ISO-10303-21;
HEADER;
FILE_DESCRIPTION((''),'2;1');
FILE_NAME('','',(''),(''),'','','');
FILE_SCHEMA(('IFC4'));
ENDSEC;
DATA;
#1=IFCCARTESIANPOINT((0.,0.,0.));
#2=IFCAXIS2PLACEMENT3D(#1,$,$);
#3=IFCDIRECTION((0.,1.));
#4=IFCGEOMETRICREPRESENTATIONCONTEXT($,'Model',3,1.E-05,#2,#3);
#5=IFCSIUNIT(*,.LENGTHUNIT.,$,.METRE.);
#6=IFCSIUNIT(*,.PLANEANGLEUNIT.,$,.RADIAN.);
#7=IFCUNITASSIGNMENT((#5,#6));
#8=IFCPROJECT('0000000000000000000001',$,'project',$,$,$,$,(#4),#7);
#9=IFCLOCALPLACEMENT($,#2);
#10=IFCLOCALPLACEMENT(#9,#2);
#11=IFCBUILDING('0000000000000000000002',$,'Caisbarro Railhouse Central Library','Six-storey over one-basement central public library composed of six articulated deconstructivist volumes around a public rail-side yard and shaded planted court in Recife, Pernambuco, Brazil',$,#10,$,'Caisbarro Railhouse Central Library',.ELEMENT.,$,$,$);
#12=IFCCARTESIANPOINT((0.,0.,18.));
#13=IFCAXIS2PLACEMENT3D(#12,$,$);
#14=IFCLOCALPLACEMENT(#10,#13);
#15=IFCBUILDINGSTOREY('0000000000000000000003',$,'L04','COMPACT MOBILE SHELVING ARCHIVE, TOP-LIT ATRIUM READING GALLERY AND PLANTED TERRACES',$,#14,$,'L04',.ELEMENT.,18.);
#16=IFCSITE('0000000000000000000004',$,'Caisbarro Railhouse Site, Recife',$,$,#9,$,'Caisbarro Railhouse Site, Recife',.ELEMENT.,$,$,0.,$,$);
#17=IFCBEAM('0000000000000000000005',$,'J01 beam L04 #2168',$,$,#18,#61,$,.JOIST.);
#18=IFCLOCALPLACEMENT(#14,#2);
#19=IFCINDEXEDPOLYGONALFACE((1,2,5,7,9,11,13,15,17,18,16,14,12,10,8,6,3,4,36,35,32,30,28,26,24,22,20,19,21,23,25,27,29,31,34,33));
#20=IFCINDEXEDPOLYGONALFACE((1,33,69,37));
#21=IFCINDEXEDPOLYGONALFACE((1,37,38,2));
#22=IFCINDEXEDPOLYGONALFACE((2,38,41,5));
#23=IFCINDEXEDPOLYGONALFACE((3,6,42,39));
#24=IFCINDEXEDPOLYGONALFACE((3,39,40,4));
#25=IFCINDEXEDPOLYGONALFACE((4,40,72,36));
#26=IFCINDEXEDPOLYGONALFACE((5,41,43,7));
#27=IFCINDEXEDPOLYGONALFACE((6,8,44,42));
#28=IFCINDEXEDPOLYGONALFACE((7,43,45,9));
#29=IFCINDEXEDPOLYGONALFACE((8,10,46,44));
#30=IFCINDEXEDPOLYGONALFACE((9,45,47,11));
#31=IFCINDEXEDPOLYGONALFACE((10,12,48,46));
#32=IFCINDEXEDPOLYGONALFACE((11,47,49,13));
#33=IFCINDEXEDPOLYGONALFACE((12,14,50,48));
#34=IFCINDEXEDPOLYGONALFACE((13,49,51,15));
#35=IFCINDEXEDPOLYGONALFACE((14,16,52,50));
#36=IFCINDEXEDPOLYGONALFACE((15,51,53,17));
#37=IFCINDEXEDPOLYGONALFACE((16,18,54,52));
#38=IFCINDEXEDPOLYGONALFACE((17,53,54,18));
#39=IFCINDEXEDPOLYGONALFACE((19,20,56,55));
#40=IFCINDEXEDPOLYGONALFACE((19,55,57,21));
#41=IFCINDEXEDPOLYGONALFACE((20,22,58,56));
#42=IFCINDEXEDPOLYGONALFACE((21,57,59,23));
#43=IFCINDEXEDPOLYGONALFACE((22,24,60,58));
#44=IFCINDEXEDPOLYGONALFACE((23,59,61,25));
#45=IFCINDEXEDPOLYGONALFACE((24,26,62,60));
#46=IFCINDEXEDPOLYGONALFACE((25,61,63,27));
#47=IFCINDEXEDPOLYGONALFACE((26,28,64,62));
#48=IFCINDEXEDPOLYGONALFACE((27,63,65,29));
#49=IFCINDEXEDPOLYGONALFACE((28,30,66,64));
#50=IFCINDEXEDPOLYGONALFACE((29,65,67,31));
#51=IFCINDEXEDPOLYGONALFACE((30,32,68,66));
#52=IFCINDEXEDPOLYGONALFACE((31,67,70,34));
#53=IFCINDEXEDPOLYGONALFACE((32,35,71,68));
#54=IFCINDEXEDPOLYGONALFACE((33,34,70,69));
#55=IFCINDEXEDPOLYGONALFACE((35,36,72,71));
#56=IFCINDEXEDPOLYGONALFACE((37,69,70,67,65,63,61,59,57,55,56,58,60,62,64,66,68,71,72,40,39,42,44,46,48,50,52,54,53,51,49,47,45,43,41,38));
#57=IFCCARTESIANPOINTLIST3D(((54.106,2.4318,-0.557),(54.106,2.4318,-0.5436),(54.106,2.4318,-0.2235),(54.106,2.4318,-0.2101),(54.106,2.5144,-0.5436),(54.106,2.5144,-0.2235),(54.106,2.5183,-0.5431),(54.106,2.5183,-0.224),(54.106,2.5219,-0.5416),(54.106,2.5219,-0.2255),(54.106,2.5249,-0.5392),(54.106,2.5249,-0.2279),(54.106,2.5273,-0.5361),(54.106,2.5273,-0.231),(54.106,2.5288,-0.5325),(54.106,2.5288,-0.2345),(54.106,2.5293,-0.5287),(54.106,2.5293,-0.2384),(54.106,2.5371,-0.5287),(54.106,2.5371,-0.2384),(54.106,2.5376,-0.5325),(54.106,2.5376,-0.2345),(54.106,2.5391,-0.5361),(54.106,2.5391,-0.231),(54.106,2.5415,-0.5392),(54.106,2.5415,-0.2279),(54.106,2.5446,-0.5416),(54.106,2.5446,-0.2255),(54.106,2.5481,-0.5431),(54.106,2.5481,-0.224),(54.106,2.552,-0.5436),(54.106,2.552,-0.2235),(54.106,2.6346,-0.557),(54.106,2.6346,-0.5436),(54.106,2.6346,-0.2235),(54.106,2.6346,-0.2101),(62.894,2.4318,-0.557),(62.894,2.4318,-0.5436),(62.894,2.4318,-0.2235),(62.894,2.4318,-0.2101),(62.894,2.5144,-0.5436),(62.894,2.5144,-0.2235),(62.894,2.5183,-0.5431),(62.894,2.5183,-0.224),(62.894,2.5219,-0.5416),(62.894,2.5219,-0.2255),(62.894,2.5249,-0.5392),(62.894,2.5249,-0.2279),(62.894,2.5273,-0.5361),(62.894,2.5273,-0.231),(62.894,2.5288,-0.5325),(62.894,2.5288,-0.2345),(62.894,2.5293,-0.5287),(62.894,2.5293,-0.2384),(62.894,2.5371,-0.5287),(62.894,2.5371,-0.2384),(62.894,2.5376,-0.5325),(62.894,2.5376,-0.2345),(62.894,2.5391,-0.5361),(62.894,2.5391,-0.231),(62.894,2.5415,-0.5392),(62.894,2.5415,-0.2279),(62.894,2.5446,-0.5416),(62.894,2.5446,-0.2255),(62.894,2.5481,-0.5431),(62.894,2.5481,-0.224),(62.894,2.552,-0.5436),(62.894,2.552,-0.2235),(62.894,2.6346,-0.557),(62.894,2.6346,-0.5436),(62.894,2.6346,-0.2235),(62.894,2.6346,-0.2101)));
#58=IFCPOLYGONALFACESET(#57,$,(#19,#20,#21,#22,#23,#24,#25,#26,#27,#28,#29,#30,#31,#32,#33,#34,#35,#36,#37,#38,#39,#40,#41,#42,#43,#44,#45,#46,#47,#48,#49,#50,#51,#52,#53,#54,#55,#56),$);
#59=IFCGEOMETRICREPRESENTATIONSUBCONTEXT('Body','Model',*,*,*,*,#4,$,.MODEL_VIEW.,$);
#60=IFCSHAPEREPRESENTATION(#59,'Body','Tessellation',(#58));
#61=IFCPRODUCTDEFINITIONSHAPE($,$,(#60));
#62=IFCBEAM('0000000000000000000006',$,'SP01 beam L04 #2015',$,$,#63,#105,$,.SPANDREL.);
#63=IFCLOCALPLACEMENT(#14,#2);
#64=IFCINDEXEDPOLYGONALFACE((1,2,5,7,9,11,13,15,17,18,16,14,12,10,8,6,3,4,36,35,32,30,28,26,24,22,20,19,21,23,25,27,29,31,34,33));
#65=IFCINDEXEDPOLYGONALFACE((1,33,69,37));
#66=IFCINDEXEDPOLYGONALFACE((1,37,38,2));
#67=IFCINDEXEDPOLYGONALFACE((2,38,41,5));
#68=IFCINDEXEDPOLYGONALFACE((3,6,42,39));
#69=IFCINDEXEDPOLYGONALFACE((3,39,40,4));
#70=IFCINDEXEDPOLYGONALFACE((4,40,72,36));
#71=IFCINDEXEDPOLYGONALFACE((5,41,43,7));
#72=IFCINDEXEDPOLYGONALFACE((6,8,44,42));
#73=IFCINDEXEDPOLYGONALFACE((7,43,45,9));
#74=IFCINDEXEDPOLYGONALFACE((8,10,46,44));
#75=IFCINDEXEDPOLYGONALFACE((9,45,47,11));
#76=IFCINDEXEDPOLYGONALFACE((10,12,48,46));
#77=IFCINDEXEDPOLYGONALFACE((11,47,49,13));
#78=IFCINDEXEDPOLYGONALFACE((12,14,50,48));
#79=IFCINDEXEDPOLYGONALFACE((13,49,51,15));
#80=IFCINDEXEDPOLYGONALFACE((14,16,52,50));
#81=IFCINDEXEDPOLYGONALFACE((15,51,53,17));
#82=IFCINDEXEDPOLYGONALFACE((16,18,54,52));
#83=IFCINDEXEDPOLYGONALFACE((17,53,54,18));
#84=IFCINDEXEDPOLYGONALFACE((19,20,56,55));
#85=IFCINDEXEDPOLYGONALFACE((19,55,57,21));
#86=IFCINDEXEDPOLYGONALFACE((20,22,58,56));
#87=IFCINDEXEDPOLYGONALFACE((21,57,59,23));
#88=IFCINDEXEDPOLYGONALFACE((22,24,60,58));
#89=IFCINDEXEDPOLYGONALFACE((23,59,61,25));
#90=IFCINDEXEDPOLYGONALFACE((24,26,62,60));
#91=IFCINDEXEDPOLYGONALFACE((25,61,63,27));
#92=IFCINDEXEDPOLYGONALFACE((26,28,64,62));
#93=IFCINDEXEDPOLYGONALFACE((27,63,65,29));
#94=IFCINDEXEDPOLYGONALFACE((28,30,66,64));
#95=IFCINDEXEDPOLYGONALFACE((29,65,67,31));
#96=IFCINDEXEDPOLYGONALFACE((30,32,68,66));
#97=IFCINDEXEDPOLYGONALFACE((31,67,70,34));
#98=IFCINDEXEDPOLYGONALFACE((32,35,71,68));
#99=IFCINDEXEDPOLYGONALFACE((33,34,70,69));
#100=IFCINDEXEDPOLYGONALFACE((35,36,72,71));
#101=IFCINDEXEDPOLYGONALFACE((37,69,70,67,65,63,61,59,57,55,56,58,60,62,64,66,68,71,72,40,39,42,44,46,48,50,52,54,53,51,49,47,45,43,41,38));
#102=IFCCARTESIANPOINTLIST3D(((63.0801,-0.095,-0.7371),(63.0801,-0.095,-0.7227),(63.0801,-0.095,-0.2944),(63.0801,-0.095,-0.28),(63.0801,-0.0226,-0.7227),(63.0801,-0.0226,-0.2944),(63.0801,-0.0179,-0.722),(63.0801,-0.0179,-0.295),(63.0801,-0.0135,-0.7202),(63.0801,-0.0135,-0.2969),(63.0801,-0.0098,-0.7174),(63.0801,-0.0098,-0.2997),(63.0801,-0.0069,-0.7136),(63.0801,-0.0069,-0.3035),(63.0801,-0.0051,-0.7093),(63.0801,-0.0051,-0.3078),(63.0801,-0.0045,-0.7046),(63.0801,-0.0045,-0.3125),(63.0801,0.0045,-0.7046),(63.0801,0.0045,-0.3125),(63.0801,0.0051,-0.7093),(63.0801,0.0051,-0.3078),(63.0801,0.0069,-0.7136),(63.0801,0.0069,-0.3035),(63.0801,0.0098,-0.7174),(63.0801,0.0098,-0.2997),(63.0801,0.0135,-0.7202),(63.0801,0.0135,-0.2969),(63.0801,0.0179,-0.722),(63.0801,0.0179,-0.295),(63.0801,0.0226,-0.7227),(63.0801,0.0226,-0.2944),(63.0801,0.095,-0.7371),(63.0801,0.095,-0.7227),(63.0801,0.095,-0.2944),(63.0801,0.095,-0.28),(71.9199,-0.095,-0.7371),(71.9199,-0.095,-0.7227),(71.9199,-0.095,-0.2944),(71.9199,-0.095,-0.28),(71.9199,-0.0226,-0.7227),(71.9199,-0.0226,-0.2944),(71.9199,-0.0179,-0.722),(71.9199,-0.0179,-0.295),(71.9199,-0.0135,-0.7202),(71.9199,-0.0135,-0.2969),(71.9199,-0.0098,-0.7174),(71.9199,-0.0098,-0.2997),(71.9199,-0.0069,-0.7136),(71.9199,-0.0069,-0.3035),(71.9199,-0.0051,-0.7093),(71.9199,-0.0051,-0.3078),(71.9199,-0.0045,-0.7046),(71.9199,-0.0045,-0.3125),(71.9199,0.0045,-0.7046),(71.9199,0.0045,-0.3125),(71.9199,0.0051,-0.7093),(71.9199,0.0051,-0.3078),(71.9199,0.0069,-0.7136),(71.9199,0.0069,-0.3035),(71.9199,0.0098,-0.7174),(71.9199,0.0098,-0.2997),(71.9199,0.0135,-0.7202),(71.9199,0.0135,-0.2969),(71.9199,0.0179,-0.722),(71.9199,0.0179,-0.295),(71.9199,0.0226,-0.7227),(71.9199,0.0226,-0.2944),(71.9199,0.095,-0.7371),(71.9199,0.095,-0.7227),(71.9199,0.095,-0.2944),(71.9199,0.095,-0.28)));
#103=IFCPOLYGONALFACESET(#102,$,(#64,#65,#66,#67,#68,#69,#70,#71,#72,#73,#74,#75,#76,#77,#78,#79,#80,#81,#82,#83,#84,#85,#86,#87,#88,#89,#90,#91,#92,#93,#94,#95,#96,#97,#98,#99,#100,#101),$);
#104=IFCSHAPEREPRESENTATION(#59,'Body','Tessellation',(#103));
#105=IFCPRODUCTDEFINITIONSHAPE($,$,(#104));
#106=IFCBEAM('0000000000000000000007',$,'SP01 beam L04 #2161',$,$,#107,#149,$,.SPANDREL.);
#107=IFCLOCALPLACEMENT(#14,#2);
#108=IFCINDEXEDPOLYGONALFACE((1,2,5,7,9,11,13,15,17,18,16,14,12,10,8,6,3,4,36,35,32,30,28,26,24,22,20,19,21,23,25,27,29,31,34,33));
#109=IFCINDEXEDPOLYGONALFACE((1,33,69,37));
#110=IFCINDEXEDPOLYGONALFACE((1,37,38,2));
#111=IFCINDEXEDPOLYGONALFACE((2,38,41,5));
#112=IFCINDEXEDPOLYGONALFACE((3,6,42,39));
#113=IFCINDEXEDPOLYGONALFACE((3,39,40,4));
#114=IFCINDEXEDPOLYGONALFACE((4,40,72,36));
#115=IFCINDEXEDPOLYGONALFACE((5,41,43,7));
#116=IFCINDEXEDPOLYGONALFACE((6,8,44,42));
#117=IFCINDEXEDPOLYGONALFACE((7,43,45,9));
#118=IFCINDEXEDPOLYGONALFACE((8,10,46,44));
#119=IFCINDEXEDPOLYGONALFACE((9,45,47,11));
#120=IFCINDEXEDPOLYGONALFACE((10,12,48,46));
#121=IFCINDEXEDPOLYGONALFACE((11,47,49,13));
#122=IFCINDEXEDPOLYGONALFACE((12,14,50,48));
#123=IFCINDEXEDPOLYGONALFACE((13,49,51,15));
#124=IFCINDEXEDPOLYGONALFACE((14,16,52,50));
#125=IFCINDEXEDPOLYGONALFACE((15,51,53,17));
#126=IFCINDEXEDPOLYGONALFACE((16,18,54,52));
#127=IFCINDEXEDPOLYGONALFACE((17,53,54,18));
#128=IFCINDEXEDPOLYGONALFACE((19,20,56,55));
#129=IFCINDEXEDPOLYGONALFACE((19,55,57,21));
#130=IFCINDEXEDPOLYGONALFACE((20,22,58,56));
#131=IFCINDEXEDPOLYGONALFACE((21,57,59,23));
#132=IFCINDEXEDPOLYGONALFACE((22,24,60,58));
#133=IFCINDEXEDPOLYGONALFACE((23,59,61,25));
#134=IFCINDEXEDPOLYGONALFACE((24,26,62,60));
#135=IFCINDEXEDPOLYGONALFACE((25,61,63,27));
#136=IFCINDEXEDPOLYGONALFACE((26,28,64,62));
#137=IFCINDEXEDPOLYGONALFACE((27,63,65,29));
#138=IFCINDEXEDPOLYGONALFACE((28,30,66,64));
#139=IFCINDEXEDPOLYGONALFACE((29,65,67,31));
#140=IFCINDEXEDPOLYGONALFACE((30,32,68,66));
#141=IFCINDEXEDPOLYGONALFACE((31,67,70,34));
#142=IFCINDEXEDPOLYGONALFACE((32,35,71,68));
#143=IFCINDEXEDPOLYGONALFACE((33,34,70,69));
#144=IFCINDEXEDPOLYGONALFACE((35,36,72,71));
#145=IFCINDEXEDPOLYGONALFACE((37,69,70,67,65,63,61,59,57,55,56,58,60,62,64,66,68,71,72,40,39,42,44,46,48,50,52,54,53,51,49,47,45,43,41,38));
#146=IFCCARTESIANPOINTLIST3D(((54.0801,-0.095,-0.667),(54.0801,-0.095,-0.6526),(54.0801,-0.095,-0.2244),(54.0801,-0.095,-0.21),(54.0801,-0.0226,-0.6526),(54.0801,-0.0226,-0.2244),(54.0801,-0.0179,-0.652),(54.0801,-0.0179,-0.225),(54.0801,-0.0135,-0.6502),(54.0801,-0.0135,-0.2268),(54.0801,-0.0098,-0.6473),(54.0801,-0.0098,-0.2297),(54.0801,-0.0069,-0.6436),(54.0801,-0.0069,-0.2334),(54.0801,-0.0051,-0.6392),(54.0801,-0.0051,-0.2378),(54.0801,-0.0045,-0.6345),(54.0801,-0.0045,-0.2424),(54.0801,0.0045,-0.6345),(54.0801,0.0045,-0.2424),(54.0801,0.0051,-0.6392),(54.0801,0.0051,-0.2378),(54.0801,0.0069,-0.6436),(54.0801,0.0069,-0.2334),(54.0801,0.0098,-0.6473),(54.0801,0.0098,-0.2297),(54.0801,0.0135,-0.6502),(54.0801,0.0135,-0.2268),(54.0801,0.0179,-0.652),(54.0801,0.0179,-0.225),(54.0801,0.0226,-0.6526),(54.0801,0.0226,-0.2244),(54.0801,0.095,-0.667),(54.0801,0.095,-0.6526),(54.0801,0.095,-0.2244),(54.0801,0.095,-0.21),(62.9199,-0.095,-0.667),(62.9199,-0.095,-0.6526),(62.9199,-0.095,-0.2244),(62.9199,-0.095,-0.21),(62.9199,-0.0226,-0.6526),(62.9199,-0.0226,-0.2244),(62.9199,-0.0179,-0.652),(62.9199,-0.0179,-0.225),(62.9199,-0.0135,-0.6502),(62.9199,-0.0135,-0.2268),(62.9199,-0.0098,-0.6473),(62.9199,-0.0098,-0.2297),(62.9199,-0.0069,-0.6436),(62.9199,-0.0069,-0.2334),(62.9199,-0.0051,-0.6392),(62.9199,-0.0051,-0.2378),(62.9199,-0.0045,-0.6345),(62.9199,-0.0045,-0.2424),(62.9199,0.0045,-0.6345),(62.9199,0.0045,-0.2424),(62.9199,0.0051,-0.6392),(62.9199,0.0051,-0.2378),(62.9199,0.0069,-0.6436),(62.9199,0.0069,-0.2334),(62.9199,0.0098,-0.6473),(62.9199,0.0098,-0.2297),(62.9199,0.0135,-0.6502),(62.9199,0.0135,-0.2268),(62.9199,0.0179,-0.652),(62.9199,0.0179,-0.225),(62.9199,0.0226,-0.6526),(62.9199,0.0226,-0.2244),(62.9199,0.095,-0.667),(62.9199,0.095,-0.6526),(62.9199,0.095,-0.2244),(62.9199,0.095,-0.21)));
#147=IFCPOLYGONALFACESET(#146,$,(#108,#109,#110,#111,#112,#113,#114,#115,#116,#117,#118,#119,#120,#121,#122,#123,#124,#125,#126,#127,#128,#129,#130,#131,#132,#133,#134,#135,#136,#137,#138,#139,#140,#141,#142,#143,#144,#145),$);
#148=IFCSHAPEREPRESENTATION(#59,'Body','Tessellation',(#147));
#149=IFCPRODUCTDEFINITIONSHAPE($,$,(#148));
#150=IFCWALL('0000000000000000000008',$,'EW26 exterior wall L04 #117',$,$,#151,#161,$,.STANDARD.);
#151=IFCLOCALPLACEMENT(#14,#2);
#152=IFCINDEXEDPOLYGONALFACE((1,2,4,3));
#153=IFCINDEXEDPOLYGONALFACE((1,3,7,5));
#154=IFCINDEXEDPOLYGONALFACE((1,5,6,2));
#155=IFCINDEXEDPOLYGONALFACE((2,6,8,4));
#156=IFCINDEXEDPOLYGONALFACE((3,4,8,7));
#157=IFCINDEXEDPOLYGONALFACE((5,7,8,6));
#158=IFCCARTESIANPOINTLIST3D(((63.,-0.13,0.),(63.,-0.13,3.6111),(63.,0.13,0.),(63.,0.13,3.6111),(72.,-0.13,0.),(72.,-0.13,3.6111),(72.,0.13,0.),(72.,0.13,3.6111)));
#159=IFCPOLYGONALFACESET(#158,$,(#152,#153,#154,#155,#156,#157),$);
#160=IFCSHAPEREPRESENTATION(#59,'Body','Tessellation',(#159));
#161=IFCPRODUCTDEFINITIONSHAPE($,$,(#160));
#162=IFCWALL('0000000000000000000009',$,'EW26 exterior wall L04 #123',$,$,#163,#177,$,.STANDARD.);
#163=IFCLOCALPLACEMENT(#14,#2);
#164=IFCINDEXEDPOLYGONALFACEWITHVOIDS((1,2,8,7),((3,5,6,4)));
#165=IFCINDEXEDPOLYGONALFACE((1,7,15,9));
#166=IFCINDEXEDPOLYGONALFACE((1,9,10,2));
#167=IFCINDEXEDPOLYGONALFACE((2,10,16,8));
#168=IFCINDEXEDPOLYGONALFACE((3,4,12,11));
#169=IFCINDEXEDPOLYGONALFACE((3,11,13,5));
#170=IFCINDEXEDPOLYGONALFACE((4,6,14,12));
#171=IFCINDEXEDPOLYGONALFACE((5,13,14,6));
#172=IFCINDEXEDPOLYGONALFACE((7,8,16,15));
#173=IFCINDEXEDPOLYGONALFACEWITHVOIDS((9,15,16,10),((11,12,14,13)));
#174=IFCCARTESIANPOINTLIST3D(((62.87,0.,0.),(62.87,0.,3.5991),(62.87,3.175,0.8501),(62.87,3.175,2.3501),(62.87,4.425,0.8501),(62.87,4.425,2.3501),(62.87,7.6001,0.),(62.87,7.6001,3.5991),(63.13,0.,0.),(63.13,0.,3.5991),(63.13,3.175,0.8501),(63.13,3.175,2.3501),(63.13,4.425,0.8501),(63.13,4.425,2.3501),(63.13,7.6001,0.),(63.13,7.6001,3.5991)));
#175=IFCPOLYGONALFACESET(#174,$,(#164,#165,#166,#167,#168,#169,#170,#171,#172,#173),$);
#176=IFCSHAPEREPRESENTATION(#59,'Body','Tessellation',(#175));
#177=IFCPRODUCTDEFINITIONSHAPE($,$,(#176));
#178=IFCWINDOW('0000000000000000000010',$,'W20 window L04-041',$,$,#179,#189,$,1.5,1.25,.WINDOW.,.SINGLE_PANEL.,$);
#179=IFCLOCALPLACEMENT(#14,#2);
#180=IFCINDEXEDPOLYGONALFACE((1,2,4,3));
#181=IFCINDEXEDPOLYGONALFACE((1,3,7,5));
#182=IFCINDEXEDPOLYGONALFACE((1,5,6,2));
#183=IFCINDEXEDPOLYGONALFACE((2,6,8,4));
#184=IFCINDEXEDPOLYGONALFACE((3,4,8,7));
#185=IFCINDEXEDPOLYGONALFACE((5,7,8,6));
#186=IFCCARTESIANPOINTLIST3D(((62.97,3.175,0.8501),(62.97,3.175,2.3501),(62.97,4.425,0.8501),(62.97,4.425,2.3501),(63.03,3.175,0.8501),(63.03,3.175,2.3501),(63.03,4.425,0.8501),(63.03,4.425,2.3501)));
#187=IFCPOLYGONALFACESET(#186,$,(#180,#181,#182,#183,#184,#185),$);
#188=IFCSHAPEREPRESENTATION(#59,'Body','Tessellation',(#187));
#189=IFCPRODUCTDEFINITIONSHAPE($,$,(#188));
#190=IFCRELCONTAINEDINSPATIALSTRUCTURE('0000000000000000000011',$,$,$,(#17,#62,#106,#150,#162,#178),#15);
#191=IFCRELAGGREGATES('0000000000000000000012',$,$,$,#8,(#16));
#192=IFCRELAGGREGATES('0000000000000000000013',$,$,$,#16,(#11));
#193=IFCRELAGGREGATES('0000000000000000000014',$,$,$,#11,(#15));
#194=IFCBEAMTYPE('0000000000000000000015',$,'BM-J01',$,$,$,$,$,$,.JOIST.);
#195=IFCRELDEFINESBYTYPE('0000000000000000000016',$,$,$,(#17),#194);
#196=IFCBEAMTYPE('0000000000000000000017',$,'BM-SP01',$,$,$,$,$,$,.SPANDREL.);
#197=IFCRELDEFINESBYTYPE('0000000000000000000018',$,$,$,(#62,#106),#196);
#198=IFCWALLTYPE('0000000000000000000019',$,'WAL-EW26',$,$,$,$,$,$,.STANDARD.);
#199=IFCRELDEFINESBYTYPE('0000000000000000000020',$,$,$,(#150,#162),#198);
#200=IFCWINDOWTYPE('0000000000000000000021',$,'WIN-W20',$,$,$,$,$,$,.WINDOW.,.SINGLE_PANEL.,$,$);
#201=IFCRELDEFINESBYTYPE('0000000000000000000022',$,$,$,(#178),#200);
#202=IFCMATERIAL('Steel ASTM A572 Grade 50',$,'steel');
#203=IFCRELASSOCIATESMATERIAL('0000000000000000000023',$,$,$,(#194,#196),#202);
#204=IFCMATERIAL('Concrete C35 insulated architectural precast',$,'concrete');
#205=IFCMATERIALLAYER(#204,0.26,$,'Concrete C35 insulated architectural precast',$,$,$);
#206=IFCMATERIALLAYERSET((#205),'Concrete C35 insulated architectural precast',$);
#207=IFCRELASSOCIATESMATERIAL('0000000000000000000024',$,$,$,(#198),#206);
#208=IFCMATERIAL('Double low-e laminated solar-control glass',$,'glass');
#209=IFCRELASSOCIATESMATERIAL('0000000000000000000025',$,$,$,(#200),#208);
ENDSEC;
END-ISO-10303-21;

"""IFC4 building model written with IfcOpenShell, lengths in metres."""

from ifc_helpers import new_model, si_unit, direction, frame, frame_2d, origin, origin_2d, place, context, subcontext, project, spatial, rectangle, i_section, extrude, material, layer, layer_set, material_profile, profile_set, type_object, element, fill, save


model = new_model("IFC4")

# Units and contexts
model_context = context("Model", 3, precision=1e-05, world=origin(), true_north=direction((0.0, 1.0)))
body_context = subcontext(model_context, "Body", "Model", "MODEL_VIEW")
ifc_project = project(units=[si_unit("LENGTHUNIT", "METRE"), si_unit("PLANEANGLEUNIT", "RADIAN")], contexts=[model_context])

# Site, building, storey
site_placement = place(None, origin())
site = spatial("IfcSite", under=ifc_project, at=site_placement, Name="Caisbarro Railhouse Site, Recife", LongName="Caisbarro Railhouse Site, Recife", CompositionType="ELEMENT", RefElevation=0.0)
building_placement = place(site_placement, origin())
building = spatial("IfcBuilding", under=site, at=building_placement, Name="Caisbarro Railhouse Central Library", Description="Six-storey over one-basement central public library composed of six articulated deconstructivist volumes around a public rail-side yard and shaded planted court in Recife, Pernambuco, Brazil", LongName="Caisbarro Railhouse Central Library", CompositionType="ELEMENT")
storey_placement = place(building_placement, frame((0.0, 0.0, 18.0)))
storey = spatial("IfcBuildingStorey", under=building, at=storey_placement, Name="L04", Description="COMPACT MOBILE SHELVING ARCHIVE, TOP-LIT ATRIUM READING GALLERY AND PLANTED TERRACES", LongName="L04", CompositionType="ELEMENT", Elevation=18.0)

# Shared definitions
ifc_material_1 = material(Name="Steel ASTM A572 Grade 50", Category="steel")

# Beams
ifc_material_profile_1 = material_profile(ifc_material_1, i_section(OverallWidth=0.2029, OverallDepth=0.3469, WebThickness=0.0078, FlangeThickness=0.0134, FilletRadius=0.0149, at=origin_2d()), Name="W360X64.0")
ifc_profile_set_1 = profile_set([ifc_material_profile_1], Name="Steel ASTM A572 Grade 50")
beam_type_1 = type_object("IfcBeamType", Name="BM-J01", PredefinedType="JOIST", material=ifc_profile_set_1)
beam_placement = place(storey_placement, frame((54.106, 2.5332, -0.3835), z_axis=(1.0, 0.0, 0.0), x_axis=(0.0, 1.0, 0.0)))
element("IfcBeam", 1, at=beam_placement, inside=storey, type_object=beam_type_1, Name="J01 beam L04 #2168", PredefinedType="JOIST", context=body_context, shape_type="SweptSolid", body=[
    extrude(i_section(OverallWidth=0.2029, OverallDepth=0.3469, WebThickness=0.0078, FlangeThickness=0.0134, FilletRadius=0.0149, at=origin_2d()), origin(), (0.0, 0.0, 1.0), 8.7881),
])
ifc_material_profile_2 = material_profile(ifc_material_1, i_section(OverallWidth=0.1899, OverallDepth=0.457, WebThickness=0.009, FlangeThickness=0.0144, FilletRadius=0.0181, at=origin_2d()), Name="W460X74.0")
ifc_profile_set_2 = profile_set([ifc_material_profile_2], Name="Steel ASTM A572 Grade 50")
beam_type_2 = type_object("IfcBeamType", Name="BM-SP01", PredefinedType="SPANDREL", material=ifc_profile_set_2)
for number, where, z_axis, x_axis, name in (
    (2, (63.0801, 0.0, -0.5085), (1.0, 0.0, 0.0), (0.0, 1.0, 0.0), "SP01 beam L04 #2015"),
    (3, (54.0801, 0.0, -0.4385), (1.0, 0.0, 0.0), (0.0, 1.0, 0.0), "SP01 beam L04 #2161"),
):
    element("IfcBeam", number, at=place(storey_placement, frame(where, z_axis=z_axis, x_axis=x_axis)), inside=storey, type_object=beam_type_2, Name=name, PredefinedType="SPANDREL", context=body_context, shape_type="SweptSolid", body=[
        extrude(i_section(OverallWidth=0.1899, OverallDepth=0.457, WebThickness=0.009, FlangeThickness=0.0144, FilletRadius=0.0181, at=origin_2d()), origin(), (0.0, 0.0, 1.0), 8.8398),
    ])

# Wall
ifc_material_2 = material(Name="Concrete C35 insulated architectural precast", Category="concrete")
ifc_layer_1 = layer(ifc_material_2, 0.26, Name="Concrete C35 insulated architectural precast")
ifc_layer_set_1 = layer_set([ifc_layer_1], Name="Concrete C35 insulated architectural precast")
wall_type = type_object("IfcWallType", Name="WAL-EW26", PredefinedType="STANDARD", material=ifc_layer_set_1)
wall_1_placement = place(storey_placement, frame((63.0, 0.0, 0.0), z_axis=(0.0, 0.0, 1.0), x_axis=(1.0, 0.0, 0.0)))
element("IfcWall", 4, at=wall_1_placement, inside=storey, type_object=wall_type, Name="EW26 exterior wall L04 #117", PredefinedType="STANDARD", context=body_context, shape_type="SweptSolid", body=[
    extrude(rectangle(XDim=9.0, YDim=0.26, at=frame_2d((4.5, 0.0))), origin(), (0.0, 0.0, 1.0), 3.6111),
])

# Wall, opening, window
wall_2_placement = place(storey_placement, frame((63.0, 0.0, 0.0), z_axis=(0.0, 0.0, 1.0), x_axis=(0.0, 1.0, 0.0)))
wall_2 = element("IfcWall", 5, at=wall_2_placement, inside=storey, type_object=wall_type, Name="EW26 exterior wall L04 #123", PredefinedType="STANDARD", context=body_context, shape_type="SweptSolid", body=[
    extrude(rectangle(XDim=7.6001, YDim=0.26, at=frame_2d((3.8, 0.0))), origin(), (0.0, 0.0, 1.0), 3.5991),
])
opening_placement = place(wall_2_placement, frame((3.175, 0.0, 0.8501)))
opening = element("IfcOpeningElement", 6, at=opening_placement, cuts=wall_2, PredefinedType="OPENING", context=body_context, shape_type="SweptSolid", body=[
    extrude(rectangle(XDim=1.25, YDim=1.5, at=frame_2d((0.625, 0.75))), frame((0.0, 0.1401, 0.0), z_axis=(0.0, -1.0, 0.0), x_axis=(1.0, 0.0, 0.0)), (0.0, 0.0, 1.0), 0.28),
])
ifc_material_3 = material(Name="Double low-e laminated solar-control glass", Category="glass")
window_type = type_object("IfcWindowType", Name="WIN-W20", PartitioningType="SINGLE_PANEL", PredefinedType="WINDOW", material=ifc_material_3)
window_placement = place(opening_placement, origin())
window = element("IfcWindow", 7, at=window_placement, inside=storey, type_object=window_type, Name="W20 window L04-041", OverallHeight=1.5, OverallWidth=1.25, PartitioningType="SINGLE_PANEL", PredefinedType="WINDOW", context=body_context, shape_type="SweptSolid", body=[
    extrude(rectangle(XDim=1.25, YDim=1.5, at=frame_2d((0.625, 0.75))), frame((0.0, 0.03, 0.0), z_axis=(0.0, -1.0, 0.0), x_axis=(1.0, 0.0, 0.0)), (0.0, 0.0, 1.0), 0.0601),
])
fill(opening, window)

save(model, "model.ifc")
